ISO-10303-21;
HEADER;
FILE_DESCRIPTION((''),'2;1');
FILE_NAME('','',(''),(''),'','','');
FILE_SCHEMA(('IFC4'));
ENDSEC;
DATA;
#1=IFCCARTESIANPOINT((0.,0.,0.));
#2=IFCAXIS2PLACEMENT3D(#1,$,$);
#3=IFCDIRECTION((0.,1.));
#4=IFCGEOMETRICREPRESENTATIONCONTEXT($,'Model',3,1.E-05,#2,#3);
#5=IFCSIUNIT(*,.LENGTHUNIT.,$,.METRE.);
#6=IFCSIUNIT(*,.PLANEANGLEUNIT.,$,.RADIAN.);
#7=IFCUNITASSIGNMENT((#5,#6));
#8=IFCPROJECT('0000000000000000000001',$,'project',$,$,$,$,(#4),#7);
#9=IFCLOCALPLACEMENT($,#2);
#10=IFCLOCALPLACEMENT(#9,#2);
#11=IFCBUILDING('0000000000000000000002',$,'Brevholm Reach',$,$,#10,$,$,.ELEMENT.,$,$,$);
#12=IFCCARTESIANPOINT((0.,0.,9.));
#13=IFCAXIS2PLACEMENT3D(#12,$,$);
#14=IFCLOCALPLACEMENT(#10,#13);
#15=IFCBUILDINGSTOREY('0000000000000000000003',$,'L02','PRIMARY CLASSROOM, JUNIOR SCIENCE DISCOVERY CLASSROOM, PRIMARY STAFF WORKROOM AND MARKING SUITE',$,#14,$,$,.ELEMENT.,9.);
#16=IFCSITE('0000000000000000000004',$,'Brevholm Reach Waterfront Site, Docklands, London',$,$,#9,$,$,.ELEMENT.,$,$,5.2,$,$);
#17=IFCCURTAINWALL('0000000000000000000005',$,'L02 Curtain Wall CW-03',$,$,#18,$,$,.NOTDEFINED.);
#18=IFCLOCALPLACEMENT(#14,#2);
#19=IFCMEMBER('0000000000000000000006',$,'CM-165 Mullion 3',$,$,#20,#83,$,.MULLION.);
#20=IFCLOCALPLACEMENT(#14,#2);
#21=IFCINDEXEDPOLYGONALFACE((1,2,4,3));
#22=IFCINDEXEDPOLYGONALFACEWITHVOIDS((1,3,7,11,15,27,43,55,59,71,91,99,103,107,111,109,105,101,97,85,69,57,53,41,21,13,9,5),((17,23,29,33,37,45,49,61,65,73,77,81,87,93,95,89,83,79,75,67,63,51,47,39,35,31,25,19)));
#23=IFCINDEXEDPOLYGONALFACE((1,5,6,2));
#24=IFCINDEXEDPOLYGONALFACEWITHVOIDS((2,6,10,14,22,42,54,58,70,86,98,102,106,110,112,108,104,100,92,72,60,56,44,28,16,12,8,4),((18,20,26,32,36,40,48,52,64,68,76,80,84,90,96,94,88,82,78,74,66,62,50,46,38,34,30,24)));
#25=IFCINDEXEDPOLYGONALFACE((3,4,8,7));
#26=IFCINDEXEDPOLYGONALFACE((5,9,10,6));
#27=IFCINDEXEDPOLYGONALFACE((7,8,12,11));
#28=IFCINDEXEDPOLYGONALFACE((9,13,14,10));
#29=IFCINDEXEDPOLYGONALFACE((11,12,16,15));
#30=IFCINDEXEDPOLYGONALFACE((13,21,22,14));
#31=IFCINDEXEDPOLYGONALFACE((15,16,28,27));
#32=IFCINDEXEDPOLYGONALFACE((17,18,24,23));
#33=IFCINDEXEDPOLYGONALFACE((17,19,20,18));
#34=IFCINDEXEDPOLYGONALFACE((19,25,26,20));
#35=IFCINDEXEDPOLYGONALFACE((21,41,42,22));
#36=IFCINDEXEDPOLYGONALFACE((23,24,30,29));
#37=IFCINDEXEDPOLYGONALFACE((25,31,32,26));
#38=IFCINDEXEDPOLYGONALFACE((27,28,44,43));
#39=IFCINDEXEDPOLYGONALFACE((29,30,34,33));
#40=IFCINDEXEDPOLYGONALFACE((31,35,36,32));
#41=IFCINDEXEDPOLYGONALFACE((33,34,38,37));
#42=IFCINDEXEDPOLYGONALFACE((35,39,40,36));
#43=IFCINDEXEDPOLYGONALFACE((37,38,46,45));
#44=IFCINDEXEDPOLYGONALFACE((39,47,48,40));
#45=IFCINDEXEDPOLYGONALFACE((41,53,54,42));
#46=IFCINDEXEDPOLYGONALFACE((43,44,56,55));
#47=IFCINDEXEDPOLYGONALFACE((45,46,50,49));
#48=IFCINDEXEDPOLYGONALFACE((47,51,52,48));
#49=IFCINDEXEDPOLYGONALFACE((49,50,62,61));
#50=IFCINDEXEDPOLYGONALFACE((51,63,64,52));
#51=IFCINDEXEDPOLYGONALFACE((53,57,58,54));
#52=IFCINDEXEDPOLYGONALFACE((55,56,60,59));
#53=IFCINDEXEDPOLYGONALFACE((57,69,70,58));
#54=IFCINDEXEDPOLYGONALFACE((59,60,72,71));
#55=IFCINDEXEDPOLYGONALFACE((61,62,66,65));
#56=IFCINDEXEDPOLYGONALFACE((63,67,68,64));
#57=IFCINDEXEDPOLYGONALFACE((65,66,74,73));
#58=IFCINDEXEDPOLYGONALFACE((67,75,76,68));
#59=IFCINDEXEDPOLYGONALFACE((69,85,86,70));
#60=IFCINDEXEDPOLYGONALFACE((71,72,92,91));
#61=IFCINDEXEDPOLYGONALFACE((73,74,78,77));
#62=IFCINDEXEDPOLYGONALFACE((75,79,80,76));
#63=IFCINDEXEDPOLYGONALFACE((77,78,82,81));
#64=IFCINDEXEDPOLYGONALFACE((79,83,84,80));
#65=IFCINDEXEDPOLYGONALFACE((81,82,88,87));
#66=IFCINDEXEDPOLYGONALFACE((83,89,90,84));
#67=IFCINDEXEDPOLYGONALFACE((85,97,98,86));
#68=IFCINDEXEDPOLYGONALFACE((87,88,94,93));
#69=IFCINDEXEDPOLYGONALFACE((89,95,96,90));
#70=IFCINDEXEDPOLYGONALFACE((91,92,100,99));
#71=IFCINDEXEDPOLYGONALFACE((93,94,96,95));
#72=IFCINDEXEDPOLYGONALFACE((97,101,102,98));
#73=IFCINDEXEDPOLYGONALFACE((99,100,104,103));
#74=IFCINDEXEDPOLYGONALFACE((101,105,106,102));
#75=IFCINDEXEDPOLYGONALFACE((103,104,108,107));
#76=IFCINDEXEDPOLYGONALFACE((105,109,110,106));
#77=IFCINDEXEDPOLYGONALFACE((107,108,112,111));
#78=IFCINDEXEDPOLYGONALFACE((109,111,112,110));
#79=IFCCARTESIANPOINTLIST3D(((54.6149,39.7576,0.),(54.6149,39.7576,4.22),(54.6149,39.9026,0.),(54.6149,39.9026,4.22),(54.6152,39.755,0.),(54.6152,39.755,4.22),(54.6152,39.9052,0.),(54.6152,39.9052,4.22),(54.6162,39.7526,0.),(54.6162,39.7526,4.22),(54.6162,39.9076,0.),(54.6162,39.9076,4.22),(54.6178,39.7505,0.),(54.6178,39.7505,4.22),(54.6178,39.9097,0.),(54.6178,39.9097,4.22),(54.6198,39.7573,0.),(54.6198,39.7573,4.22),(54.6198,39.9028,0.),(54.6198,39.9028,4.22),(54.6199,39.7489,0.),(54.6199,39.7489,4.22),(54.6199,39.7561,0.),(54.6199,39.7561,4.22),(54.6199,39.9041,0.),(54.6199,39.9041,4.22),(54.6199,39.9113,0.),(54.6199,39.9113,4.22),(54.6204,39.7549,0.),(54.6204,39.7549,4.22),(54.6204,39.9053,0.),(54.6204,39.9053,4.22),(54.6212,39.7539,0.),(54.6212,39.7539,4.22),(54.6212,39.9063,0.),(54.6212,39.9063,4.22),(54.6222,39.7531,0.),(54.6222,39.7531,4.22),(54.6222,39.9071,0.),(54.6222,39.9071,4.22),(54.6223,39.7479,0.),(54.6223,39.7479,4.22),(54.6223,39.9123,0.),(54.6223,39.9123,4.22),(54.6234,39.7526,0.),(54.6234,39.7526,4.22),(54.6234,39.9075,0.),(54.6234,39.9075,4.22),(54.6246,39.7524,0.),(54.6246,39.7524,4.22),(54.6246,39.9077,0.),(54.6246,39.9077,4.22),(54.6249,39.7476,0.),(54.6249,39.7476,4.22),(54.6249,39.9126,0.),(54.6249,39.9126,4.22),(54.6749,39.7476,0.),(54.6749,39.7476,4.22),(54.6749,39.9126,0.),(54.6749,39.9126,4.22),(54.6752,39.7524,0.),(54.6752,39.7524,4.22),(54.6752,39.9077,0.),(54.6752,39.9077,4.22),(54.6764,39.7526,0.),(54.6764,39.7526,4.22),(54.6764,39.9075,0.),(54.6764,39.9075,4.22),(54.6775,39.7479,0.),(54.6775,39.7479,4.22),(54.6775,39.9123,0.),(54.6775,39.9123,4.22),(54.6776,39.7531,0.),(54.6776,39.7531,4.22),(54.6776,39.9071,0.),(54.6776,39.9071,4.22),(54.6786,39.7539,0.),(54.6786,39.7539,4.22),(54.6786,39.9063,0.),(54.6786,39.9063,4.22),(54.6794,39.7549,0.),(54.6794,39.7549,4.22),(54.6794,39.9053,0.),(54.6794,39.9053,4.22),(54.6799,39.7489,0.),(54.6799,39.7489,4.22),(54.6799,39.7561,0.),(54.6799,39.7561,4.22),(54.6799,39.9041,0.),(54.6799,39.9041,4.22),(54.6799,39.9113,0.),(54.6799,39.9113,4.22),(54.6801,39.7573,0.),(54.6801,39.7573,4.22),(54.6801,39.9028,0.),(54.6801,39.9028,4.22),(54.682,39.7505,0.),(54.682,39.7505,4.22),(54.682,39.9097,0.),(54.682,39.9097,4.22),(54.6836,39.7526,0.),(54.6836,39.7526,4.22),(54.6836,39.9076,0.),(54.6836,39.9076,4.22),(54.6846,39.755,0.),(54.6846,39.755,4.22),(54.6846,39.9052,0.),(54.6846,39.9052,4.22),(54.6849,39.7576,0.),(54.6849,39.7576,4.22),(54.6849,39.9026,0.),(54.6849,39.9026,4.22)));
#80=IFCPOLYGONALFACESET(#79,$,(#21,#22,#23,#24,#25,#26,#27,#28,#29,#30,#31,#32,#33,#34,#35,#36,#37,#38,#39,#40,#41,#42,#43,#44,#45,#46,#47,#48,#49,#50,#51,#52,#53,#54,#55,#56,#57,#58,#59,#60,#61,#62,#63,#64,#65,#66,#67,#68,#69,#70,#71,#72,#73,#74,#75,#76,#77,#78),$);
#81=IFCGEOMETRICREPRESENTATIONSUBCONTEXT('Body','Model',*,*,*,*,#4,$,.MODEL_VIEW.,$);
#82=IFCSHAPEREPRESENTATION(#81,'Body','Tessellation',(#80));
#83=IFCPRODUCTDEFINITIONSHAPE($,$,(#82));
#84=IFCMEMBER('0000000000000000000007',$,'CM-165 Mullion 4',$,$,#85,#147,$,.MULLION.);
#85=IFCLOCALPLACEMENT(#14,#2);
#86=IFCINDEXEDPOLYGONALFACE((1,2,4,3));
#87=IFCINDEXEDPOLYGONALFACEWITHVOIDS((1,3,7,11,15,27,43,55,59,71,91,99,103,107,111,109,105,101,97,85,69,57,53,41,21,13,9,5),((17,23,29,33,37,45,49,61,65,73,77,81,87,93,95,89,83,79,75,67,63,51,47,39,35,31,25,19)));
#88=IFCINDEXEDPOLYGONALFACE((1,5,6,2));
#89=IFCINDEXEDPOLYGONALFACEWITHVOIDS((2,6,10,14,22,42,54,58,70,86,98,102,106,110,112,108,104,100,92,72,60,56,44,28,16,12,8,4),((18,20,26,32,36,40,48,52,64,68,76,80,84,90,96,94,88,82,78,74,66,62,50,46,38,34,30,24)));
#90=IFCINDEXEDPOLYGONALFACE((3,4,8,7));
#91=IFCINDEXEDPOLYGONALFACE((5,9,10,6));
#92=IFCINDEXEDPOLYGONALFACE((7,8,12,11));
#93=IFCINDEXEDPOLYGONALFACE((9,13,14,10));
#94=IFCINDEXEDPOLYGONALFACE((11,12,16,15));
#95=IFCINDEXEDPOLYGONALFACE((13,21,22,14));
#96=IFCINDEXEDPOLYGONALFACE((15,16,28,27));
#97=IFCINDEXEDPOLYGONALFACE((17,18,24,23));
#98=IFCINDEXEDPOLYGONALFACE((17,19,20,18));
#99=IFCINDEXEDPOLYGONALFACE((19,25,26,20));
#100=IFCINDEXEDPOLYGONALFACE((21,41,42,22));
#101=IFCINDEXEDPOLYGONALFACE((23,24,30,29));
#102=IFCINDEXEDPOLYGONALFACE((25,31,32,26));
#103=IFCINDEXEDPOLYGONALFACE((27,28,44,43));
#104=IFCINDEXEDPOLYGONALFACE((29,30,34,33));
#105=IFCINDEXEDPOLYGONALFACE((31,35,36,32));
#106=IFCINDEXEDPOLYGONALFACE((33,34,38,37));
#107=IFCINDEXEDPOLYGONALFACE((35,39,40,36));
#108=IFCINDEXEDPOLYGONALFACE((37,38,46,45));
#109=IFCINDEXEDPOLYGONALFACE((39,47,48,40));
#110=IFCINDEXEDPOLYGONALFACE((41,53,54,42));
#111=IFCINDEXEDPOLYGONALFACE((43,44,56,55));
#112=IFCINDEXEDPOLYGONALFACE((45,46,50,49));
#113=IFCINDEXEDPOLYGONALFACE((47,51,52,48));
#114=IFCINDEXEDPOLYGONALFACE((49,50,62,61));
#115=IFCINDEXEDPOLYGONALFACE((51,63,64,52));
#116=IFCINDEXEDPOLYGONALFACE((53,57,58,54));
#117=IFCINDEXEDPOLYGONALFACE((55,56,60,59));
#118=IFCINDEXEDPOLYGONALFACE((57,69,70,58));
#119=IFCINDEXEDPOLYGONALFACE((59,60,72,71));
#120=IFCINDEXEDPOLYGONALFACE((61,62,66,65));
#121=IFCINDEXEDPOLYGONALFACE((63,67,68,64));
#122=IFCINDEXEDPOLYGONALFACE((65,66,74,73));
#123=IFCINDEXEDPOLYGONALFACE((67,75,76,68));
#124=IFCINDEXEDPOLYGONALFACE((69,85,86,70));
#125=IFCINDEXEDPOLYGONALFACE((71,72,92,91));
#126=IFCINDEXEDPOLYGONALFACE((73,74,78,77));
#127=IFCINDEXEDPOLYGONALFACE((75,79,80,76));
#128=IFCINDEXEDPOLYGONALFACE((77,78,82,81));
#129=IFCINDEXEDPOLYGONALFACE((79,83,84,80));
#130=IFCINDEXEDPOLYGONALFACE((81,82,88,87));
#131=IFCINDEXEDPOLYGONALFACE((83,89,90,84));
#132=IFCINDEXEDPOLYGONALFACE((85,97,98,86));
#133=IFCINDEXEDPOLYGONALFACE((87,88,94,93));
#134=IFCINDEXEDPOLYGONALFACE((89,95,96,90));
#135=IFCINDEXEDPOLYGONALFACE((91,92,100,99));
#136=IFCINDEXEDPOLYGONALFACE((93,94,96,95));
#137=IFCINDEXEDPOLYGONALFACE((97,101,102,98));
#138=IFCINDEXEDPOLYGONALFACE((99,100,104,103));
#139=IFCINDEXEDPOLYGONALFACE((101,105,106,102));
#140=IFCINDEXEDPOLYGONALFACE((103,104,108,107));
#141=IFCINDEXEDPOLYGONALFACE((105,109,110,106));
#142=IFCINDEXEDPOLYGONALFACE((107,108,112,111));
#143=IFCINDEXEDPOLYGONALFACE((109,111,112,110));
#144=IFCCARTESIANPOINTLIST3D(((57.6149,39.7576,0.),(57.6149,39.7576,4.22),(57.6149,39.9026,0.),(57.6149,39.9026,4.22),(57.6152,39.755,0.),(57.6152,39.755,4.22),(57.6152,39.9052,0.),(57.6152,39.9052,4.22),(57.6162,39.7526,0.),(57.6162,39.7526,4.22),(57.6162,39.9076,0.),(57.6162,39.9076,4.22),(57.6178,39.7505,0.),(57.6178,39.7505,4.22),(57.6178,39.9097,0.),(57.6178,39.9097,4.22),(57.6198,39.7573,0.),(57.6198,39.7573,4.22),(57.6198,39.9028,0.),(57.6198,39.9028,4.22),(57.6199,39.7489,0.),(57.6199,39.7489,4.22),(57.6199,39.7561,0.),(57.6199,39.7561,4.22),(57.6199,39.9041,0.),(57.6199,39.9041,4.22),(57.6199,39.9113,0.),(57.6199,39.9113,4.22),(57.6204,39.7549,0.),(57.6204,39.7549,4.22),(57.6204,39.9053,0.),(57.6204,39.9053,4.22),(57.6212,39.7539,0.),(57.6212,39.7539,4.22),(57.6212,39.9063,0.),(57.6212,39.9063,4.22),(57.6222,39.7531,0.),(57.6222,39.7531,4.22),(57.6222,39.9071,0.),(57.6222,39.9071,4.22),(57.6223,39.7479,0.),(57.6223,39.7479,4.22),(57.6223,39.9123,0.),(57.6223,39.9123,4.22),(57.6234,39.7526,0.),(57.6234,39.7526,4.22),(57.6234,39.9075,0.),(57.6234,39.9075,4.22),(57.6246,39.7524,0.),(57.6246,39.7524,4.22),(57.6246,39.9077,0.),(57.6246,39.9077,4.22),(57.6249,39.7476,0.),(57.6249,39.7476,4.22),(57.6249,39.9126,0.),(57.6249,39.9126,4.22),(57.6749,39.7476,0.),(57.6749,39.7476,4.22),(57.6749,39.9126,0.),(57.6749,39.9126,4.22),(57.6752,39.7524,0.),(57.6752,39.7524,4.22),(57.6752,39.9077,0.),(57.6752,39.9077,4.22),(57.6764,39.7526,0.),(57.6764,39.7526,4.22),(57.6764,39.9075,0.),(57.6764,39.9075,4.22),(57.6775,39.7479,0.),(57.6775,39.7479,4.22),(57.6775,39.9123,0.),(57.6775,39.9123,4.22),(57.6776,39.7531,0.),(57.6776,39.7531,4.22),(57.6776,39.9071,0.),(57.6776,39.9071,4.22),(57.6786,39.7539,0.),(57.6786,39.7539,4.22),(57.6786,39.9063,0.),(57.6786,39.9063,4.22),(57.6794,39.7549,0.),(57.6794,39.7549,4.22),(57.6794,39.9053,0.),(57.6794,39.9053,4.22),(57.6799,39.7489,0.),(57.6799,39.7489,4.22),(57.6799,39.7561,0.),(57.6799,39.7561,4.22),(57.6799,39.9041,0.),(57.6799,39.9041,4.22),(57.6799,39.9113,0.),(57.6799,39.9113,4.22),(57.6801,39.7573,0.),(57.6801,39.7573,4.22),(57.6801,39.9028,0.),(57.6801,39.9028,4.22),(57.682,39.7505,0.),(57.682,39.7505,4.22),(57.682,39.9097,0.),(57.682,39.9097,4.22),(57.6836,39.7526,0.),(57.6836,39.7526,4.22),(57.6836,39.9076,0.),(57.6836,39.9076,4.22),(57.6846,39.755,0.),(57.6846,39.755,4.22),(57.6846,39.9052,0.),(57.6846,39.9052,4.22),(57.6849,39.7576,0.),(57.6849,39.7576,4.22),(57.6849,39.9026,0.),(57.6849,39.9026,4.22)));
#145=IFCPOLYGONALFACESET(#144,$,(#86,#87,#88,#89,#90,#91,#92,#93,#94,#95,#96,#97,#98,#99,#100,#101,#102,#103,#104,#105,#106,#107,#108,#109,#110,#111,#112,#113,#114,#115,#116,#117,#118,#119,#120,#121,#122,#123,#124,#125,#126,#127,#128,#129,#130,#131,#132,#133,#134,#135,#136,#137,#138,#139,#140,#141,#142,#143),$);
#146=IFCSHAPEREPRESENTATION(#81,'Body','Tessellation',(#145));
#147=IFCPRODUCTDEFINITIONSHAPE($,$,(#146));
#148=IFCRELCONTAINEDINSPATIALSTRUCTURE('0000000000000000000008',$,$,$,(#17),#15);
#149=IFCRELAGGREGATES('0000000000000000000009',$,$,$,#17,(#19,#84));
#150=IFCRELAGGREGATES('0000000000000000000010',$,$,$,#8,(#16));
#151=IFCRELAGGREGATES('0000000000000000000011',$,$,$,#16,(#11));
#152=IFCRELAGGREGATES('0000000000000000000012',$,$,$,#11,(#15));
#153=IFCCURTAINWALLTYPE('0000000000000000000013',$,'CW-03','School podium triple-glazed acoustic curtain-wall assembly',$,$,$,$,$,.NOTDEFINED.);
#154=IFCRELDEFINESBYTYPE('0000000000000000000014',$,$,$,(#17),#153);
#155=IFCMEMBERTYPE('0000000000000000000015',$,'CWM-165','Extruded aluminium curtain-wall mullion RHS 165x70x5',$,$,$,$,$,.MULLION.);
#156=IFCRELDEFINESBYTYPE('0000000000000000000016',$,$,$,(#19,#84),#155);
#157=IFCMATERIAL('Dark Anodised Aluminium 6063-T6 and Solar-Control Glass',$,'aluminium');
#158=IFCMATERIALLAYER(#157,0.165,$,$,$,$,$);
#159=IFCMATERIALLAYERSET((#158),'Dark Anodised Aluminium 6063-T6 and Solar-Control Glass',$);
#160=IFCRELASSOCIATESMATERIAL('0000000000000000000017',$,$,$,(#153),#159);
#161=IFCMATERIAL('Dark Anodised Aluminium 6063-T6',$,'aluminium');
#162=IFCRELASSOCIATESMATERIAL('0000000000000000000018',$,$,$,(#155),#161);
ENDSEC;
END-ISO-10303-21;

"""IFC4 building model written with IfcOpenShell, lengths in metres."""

from ifc_helpers import new_model, si_unit, direction, frame, origin, origin_2d, place, context, subcontext, project, spatial, hollow_rectangle, extrude, material, layer, layer_set, material_profile, profile_set, type_object, element, aggregate, save


model = new_model("IFC4")

# Units and contexts
model_context = context("Model", 3, precision=1e-05, world=origin(), true_north=direction((0.0, 1.0)))
body_context = subcontext(model_context, "Body", "Model", "MODEL_VIEW")
ifc_project = project(units=[si_unit("LENGTHUNIT", "METRE"), si_unit("PLANEANGLEUNIT", "RADIAN")], contexts=[model_context])

# Site, building, storey
site_placement = place(None, origin())
site = spatial("IfcSite", under=ifc_project, at=site_placement, Name="Brevholm Reach Waterfront Site, Docklands, London", CompositionType="ELEMENT", RefElevation=5.2)
building_placement = place(site_placement, origin())
building = spatial("IfcBuilding", under=site, at=building_placement, Name="Brevholm Reach", CompositionType="ELEMENT")
storey_placement = place(building_placement, frame((0.0, 0.0, 9.0)))
storey = spatial("IfcBuildingStorey", under=building, at=storey_placement, Name="L02", Description="PRIMARY CLASSROOM, JUNIOR SCIENCE DISCOVERY CLASSROOM, PRIMARY STAFF WORKROOM AND MARKING SUITE", CompositionType="ELEMENT", Elevation=9.0)

# Curtain wall, members
ifc_material_1 = material(Name="Dark Anodised Aluminium 6063-T6 and Solar-Control Glass", Category="aluminium")
ifc_layer_1 = layer(ifc_material_1, 0.165)
ifc_layer_set_1 = layer_set([ifc_layer_1], Name="Dark Anodised Aluminium 6063-T6 and Solar-Control Glass")
curtain_wall_type = type_object("IfcCurtainWallType", Name="CW-03", Description="School podium triple-glazed acoustic curtain-wall assembly", PredefinedType="NOTDEFINED", material=ifc_layer_set_1)
curtain_wall_placement = place(storey_placement, origin())
curtain_wall = element("IfcCurtainWall", 1, at=curtain_wall_placement, inside=storey, type_object=curtain_wall_type, Name="L02 Curtain Wall CW-03", PredefinedType="NOTDEFINED")
ifc_material_2 = material(Name="Dark Anodised Aluminium 6063-T6", Category="aluminium")
ifc_material_profile_1 = material_profile(ifc_material_2, hollow_rectangle(XDim=0.0701, YDim=0.165, WallThickness=0.0049, InnerFilletRadius=0.0049, OuterFilletRadius=0.01, at=origin_2d()), Name="RHS 165x70x5")
ifc_profile_set_1 = profile_set([ifc_material_profile_1], Name="Dark Anodised Aluminium 6063-T6")
member_type_1 = type_object("IfcMemberType", Name="CWM-165", Description="Extruded aluminium curtain-wall mullion RHS 165x70x5", PredefinedType="MULLION", material=ifc_profile_set_1)
member_1_placement = place(storey_placement, frame((54.6499, 39.8301, 0.0), z_axis=(0.0, 0.0, 1.0), x_axis=(1.0, 0.0, 0.0)))
member_1 = element("IfcMember", 2, at=member_1_placement, type_object=member_type_1, Name="CM-165 Mullion 3", PredefinedType="MULLION", context=body_context, shape_type="SweptSolid", body=[
    extrude(hollow_rectangle(XDim=0.0701, YDim=0.165, WallThickness=0.0049, InnerFilletRadius=0.0049, OuterFilletRadius=0.01, at=origin_2d()), origin(), (0.0, 0.0, 1.0), 4.22),
])
member_2_placement = place(storey_placement, frame((57.6499, 39.8301, 0.0), z_axis=(0.0, 0.0, 1.0), x_axis=(1.0, 0.0, 0.0)))
member_2 = element("IfcMember", 3, at=member_2_placement, type_object=member_type_1, Name="CM-165 Mullion 4", PredefinedType="MULLION", context=body_context, shape_type="SweptSolid", body=[
    extrude(hollow_rectangle(XDim=0.0701, YDim=0.165, WallThickness=0.0049, InnerFilletRadius=0.0049, OuterFilletRadius=0.01, at=origin_2d()), origin(), (0.0, 0.0, 1.0), 4.22),
])
aggregate(curtain_wall, [member_1, member_2])

save(model, "model.ifc")
